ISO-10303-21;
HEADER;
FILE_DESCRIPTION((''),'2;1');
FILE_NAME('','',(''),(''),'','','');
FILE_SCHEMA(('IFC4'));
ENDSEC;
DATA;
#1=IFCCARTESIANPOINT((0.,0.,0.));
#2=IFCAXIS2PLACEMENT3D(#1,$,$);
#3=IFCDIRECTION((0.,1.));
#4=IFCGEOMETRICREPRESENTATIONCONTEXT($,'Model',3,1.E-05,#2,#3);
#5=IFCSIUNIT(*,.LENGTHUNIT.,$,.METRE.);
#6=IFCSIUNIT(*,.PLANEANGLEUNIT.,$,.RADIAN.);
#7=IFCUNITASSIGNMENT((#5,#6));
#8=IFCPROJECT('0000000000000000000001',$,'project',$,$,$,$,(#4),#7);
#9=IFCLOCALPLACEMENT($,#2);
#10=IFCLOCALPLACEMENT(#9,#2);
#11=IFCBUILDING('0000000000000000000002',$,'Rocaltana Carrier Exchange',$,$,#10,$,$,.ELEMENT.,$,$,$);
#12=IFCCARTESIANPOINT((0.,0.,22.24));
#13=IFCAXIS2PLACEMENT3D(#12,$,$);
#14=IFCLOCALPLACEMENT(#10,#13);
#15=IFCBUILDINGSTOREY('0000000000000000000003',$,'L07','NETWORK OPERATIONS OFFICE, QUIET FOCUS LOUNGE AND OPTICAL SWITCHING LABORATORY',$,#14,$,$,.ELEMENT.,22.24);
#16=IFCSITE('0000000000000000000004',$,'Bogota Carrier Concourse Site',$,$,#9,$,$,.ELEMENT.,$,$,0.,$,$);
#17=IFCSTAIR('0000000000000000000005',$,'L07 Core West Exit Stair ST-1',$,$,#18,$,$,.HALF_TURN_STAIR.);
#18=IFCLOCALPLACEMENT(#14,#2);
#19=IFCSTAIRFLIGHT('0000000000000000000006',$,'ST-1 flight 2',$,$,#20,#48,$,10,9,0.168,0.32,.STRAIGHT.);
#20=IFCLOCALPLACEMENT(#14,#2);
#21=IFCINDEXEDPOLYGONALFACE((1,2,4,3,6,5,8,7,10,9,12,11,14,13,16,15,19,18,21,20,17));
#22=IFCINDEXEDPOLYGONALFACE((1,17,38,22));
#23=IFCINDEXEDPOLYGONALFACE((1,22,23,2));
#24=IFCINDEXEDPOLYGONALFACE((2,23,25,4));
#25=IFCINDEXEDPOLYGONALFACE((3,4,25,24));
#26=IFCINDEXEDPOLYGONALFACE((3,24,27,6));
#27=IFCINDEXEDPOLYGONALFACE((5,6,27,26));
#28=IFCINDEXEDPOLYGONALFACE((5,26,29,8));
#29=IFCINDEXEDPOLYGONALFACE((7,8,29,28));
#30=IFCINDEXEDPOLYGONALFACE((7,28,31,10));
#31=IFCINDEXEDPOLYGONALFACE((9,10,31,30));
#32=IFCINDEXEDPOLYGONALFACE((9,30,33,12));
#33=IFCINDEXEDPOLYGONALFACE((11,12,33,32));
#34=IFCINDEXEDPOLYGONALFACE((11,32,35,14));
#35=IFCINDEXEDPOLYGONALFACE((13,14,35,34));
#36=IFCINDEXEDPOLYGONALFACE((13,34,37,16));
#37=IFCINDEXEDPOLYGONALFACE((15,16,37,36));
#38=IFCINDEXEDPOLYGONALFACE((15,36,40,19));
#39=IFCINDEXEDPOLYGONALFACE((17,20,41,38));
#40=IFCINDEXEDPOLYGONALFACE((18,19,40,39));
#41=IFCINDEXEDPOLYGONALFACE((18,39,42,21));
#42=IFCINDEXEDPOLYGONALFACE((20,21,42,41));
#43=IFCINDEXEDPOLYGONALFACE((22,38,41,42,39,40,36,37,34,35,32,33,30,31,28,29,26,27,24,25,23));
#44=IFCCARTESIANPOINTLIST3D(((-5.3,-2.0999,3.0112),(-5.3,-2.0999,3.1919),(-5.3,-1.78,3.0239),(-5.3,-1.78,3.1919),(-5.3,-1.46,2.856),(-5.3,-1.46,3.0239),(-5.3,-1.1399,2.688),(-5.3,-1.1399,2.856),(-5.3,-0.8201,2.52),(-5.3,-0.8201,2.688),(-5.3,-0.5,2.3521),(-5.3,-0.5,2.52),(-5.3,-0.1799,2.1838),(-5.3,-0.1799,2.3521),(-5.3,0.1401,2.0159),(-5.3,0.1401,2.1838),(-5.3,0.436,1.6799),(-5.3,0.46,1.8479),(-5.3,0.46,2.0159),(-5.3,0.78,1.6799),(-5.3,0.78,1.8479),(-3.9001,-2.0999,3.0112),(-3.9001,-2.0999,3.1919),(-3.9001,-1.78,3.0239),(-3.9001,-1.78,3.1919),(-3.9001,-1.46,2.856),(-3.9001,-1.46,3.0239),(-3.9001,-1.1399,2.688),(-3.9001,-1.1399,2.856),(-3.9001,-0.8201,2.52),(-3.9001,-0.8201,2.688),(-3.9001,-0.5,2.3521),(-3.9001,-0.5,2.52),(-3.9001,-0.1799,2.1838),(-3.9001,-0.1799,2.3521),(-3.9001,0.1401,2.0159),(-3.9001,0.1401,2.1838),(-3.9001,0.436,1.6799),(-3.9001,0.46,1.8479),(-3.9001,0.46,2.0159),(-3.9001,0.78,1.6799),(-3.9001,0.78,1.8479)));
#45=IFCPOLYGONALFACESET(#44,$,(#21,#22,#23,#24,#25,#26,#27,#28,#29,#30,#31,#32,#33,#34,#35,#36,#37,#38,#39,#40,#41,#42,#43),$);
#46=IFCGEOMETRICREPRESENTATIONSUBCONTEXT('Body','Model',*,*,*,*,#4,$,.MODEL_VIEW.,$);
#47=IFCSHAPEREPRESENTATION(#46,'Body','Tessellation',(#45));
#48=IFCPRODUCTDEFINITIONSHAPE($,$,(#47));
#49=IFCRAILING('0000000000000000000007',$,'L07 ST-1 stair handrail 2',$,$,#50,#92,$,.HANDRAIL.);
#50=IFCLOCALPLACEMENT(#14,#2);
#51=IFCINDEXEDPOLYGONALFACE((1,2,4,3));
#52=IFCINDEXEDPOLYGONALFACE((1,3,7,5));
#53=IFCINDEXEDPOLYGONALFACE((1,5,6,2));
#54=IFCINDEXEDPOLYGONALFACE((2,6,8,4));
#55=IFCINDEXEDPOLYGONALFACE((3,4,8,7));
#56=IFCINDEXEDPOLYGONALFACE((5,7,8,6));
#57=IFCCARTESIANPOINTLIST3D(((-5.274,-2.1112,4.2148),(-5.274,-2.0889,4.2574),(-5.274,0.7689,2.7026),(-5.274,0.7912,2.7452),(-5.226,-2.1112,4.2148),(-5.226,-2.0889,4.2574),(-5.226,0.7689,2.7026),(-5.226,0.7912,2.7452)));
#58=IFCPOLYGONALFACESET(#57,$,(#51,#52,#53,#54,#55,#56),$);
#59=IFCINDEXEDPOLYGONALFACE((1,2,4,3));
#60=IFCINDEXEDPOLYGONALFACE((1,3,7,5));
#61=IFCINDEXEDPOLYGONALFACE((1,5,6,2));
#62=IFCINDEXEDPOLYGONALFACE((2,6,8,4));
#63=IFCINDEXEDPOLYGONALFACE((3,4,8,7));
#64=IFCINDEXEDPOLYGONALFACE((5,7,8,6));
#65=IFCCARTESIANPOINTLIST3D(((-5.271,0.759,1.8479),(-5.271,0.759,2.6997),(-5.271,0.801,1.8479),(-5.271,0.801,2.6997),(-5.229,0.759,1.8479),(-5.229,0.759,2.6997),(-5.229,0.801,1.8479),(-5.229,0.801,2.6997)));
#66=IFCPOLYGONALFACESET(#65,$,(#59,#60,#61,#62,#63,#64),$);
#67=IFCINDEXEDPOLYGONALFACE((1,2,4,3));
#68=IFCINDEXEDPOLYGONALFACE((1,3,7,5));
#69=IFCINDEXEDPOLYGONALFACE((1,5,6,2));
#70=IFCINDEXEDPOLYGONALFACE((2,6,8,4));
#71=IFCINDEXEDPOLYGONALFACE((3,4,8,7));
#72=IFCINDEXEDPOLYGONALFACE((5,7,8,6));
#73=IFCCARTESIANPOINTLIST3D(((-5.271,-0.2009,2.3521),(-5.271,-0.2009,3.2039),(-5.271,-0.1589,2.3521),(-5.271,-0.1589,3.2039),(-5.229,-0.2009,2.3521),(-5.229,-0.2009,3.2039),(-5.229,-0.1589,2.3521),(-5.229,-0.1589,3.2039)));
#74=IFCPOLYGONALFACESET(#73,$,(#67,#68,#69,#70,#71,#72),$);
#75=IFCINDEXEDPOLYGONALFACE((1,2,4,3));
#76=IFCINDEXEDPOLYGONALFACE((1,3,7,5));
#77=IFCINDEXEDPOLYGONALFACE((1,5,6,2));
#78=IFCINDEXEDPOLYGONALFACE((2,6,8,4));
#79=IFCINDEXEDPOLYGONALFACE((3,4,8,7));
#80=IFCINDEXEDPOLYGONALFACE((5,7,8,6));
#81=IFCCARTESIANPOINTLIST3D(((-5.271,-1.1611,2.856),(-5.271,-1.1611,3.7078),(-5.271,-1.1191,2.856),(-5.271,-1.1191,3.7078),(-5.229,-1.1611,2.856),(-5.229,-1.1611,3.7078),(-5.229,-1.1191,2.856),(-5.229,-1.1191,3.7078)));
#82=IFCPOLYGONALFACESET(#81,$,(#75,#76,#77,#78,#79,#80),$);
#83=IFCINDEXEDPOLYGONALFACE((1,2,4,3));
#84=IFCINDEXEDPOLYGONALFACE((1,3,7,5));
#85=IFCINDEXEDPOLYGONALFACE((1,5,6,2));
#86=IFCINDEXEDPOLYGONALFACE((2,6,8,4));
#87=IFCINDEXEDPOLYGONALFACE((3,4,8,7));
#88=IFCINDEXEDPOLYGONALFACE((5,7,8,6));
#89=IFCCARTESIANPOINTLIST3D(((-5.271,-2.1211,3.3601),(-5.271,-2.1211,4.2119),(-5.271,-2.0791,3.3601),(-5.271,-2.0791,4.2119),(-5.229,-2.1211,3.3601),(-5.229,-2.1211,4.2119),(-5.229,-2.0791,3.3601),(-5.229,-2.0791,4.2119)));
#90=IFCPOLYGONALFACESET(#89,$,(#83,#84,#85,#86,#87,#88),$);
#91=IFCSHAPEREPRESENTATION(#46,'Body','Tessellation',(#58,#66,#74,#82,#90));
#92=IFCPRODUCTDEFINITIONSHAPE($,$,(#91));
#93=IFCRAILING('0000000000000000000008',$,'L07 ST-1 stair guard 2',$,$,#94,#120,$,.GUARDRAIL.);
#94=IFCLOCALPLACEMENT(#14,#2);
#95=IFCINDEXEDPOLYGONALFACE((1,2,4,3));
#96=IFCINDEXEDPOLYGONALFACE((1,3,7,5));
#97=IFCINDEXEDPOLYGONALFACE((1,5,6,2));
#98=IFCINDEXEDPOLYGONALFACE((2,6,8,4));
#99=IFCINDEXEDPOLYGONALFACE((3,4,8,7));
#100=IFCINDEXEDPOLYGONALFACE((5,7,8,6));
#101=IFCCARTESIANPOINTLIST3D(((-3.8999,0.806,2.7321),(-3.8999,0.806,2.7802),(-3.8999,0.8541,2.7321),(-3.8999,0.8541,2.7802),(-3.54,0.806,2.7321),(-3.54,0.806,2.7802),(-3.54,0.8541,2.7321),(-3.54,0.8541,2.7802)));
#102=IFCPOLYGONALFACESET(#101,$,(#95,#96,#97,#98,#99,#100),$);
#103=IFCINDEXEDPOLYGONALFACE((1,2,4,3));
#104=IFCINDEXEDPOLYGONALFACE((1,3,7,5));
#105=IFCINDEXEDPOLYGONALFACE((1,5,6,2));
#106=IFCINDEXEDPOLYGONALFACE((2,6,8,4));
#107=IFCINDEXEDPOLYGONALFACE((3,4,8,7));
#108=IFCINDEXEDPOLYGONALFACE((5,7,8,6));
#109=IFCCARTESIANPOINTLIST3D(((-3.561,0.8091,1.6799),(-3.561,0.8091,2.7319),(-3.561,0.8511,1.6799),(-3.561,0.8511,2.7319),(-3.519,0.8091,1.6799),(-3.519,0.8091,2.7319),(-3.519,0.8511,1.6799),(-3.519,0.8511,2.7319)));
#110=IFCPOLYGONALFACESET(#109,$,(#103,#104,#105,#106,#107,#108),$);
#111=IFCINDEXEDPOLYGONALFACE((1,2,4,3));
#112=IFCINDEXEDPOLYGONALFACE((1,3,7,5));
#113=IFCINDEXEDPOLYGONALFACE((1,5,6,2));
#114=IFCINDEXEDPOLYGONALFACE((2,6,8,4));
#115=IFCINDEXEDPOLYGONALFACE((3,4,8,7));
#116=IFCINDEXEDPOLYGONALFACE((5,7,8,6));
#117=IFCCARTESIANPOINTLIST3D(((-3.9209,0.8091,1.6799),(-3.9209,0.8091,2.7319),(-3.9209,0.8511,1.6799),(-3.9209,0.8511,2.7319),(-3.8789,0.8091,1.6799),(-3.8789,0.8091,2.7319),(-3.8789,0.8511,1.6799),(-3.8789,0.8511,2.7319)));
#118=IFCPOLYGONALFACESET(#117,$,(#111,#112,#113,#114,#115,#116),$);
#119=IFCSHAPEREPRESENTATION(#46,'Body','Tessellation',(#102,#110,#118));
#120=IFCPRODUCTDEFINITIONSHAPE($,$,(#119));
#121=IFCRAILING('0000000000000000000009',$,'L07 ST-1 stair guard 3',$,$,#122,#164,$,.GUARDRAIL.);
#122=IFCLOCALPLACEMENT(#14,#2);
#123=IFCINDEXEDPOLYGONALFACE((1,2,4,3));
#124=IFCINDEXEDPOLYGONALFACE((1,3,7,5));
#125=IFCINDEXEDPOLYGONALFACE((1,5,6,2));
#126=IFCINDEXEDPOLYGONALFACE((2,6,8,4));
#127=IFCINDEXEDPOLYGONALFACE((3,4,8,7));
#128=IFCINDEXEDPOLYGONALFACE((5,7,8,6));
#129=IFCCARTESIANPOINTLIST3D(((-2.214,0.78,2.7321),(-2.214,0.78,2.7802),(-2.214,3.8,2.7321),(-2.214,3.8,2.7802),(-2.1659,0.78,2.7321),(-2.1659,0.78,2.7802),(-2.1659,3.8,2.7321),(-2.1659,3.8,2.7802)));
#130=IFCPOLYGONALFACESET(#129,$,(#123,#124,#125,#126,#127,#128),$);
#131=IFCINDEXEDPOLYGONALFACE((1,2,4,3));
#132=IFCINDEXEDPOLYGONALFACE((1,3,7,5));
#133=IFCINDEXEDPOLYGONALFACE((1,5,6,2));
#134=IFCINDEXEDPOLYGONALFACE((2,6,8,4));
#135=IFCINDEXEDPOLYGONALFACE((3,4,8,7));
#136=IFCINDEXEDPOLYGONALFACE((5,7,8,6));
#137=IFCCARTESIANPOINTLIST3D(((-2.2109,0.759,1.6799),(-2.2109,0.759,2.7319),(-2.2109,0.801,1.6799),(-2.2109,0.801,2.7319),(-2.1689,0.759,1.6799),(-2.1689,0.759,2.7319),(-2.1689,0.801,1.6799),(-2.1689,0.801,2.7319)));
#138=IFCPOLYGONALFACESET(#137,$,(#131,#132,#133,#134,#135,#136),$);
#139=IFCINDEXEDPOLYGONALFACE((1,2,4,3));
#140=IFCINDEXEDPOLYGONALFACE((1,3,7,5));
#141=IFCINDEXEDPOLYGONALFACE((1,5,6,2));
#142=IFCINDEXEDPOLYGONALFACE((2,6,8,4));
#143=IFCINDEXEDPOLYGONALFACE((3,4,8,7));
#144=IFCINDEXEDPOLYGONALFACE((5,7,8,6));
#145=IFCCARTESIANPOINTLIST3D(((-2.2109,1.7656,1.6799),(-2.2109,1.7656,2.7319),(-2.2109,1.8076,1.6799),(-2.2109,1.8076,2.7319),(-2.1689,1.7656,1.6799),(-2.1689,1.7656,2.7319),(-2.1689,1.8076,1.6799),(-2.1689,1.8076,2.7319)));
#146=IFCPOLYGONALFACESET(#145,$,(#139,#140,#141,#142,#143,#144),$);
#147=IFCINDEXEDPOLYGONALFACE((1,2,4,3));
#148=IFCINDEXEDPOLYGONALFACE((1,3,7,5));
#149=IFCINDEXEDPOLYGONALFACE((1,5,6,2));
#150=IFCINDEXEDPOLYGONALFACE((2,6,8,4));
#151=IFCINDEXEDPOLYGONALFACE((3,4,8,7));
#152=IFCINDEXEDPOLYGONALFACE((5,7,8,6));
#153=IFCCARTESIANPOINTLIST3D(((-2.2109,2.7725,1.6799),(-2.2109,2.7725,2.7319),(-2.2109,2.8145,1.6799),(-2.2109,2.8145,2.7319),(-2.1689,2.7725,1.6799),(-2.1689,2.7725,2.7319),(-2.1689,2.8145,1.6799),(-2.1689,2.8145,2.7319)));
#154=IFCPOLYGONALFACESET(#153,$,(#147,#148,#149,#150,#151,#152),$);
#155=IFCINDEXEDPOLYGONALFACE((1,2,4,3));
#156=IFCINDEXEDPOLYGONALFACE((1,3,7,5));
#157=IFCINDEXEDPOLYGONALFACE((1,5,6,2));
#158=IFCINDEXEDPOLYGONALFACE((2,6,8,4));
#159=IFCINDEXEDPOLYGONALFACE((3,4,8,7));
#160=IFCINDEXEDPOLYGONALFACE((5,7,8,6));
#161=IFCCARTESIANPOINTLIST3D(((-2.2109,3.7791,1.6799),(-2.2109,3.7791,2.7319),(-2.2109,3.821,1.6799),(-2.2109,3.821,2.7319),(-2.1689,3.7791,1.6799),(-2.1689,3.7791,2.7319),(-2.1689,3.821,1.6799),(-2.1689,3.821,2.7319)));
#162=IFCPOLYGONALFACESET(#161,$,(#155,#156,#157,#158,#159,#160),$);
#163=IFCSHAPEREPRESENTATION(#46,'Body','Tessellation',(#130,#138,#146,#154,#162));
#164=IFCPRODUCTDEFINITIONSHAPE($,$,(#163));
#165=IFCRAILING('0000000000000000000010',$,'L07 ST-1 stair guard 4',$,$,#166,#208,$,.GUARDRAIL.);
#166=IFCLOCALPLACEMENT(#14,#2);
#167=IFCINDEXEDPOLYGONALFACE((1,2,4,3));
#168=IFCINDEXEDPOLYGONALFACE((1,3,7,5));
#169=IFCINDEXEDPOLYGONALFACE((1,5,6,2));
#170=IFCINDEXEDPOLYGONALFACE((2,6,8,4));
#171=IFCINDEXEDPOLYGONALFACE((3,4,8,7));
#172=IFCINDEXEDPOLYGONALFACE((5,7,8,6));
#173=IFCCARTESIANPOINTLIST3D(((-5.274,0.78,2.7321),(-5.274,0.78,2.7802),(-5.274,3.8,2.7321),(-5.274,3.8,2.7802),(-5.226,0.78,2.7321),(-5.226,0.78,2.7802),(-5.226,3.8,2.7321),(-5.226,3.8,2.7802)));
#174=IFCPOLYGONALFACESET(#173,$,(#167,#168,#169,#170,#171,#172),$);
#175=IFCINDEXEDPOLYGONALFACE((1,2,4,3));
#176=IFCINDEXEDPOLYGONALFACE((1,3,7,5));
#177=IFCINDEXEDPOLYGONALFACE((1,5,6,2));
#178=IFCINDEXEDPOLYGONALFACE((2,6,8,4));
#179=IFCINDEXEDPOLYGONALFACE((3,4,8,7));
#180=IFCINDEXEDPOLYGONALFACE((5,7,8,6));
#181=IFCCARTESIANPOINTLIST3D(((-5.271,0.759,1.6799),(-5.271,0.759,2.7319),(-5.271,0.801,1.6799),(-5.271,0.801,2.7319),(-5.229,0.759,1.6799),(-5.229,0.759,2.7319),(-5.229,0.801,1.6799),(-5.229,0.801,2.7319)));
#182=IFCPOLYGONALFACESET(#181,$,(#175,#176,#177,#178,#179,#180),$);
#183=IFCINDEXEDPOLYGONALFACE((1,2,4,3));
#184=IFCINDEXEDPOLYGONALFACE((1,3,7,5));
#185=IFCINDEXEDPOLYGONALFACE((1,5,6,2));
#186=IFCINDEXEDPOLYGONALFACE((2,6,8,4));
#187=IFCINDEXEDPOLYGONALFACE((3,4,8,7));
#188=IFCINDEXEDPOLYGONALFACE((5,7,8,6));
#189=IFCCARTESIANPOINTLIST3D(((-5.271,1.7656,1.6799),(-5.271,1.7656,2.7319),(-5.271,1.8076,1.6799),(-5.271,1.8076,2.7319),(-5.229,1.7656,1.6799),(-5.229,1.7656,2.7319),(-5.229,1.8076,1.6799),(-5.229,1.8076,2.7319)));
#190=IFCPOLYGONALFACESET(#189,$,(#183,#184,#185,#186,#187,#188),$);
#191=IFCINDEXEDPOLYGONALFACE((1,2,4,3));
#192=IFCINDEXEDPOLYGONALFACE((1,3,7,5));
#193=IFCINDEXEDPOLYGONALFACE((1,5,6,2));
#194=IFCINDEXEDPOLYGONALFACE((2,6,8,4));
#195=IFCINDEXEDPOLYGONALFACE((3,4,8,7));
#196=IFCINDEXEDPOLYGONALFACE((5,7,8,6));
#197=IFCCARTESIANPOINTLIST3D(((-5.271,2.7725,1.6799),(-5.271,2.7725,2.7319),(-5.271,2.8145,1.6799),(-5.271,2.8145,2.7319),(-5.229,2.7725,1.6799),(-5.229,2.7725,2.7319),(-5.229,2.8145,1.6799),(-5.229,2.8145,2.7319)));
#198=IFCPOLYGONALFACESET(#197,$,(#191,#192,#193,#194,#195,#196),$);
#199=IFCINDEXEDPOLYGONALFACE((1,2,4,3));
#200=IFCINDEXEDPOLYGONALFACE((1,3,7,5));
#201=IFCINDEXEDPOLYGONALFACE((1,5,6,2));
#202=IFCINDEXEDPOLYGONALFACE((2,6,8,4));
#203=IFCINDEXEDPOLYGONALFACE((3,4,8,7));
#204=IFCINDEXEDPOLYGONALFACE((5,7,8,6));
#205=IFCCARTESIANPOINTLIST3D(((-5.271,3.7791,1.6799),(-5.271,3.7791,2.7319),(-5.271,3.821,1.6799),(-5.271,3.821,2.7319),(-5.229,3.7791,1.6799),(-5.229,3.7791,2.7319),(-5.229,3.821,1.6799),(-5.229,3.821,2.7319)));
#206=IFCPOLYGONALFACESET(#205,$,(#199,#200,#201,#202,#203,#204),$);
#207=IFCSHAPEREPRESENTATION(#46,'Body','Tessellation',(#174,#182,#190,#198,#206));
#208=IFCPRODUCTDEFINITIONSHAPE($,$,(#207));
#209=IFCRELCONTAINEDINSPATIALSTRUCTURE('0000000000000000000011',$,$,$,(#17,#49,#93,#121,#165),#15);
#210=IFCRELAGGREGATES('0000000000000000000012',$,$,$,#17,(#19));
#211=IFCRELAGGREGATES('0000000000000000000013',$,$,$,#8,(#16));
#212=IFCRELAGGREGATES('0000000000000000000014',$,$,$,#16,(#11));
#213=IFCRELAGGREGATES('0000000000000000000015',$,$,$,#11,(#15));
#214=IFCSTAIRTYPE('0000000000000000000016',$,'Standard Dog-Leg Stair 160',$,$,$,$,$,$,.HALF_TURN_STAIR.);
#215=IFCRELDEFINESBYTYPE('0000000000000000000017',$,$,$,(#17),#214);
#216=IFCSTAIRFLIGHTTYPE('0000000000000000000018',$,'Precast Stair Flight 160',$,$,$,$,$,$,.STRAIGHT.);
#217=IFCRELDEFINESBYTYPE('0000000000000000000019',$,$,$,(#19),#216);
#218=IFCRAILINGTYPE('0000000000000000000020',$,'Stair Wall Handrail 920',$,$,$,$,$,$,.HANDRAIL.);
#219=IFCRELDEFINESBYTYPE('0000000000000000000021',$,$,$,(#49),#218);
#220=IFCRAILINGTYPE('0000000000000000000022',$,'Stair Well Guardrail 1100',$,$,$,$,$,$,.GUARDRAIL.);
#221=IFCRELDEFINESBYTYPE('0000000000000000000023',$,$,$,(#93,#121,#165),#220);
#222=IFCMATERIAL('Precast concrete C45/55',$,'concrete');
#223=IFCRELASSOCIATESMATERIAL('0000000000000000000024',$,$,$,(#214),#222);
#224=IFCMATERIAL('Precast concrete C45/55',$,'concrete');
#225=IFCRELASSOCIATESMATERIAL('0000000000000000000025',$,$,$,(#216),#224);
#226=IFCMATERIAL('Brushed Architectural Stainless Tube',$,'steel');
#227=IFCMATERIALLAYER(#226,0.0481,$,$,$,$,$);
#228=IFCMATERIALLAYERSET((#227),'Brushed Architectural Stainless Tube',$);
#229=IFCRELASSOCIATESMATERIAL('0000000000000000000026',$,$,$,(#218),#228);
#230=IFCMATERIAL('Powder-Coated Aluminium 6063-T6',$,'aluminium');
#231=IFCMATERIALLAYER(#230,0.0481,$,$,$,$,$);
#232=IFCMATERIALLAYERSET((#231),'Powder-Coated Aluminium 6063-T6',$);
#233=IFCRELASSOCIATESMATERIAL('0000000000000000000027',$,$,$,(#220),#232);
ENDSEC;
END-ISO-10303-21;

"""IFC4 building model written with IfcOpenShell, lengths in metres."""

from ifc_helpers import new_model, si_unit, direction, frame, origin, origin_2d, place, context, subcontext, project, spatial, polyline, rectangle, outline, extrude, material, layer, layer_set, type_object, element, aggregate, save


model = new_model("IFC4")

# Units and contexts
model_context = context("Model", 3, precision=1e-05, world=origin(), true_north=direction((0.0, 1.0)))
body_context = subcontext(model_context, "Body", "Model", "MODEL_VIEW")
ifc_project = project(units=[si_unit("LENGTHUNIT", "METRE"), si_unit("PLANEANGLEUNIT", "RADIAN")], contexts=[model_context])

# Site, building, storey
site_placement = place(None, origin())
site = spatial("IfcSite", under=ifc_project, at=site_placement, Name="Bogota Carrier Concourse Site", CompositionType="ELEMENT", RefElevation=0.0)
building_placement = place(site_placement, origin())
building = spatial("IfcBuilding", under=site, at=building_placement, Name="Rocaltana Carrier Exchange", CompositionType="ELEMENT")
storey_placement = place(building_placement, frame((0.0, 0.0, 22.24)))
storey = spatial("IfcBuildingStorey", under=building, at=storey_placement, Name="L07", Description="NETWORK OPERATIONS OFFICE, QUIET FOCUS LOUNGE AND OPTICAL SWITCHING LABORATORY", CompositionType="ELEMENT", Elevation=22.24)

# Stair, stair flight
ifc_material_1 = material(Name="Precast concrete C45/55", Category="concrete")
stair_type = type_object("IfcStairType", Name="Standard Dog-Leg Stair 160", PredefinedType="HALF_TURN_STAIR", material=ifc_material_1)
stair_placement = place(storey_placement, origin())
stair = element("IfcStair", 1, at=stair_placement, inside=storey, type_object=stair_type, Name="L07 Core West Exit Stair ST-1", PredefinedType="HALF_TURN_STAIR")
ifc_material_2 = material(Name="Precast concrete C45/55", Category="concrete")
stair_flight_type = type_object("IfcStairFlightType", Name="Precast Stair Flight 160", PredefinedType="STRAIGHT", material=ifc_material_2)
stair_flight_placement = place(storey_placement, frame((-4.6001, 0.78, 1.6799), z_axis=(0.0, 0.0, 1.0), x_axis=(0.0, -1.0, 0.0)))
stair_flight = element("IfcStairFlight", 2, at=stair_flight_placement, type_object=stair_flight_type, Name="ST-1 flight 2", NumberOfRisers=10, NumberOfTreads=9, PredefinedType="STRAIGHT", RiserHeight=0.168, TreadLength=0.32, context=body_context, shape_type="SweptSolid", body=[
    extrude(outline(polyline([(0.0, 0.0), (0.0, 0.168), (0.3201, 0.168), (0.3201, 0.3359), (0.6399, 0.3359), (0.6399, 0.5039), (0.96, 0.5039), (0.96, 0.6721), (1.28, 0.6721), (1.28, 0.8401), (1.6001, 0.8401), (1.6001, 1.0081), (1.9199, 1.0081), (1.9199, 1.176), (2.24, 1.176), (2.24, 1.344), (2.5601, 1.344), (2.5601, 1.512), (2.8799, 1.512), (2.8799, 1.6799), (2.8799, 1.3313), (0.344, 0.0), (0.0, 0.0)])), frame((0.0, 0.7, 0.0), z_axis=(0.0, -1.0, 0.0), x_axis=(1.0, 0.0, 0.0)), (0.0, 0.0, 1.0), 1.3999),
])
aggregate(stair, [stair_flight])

# Railings
ifc_material_3 = material(Name="Brushed Architectural Stainless Tube", Category="steel")
ifc_layer_1 = layer(ifc_material_3, 0.0481)
ifc_layer_set_1 = layer_set([ifc_layer_1], Name="Brushed Architectural Stainless Tube")
railing_type_1 = type_object("IfcRailingType", Name="Stair Wall Handrail 920", PredefinedType="HANDRAIL", material=ifc_layer_set_1)
railing_1_placement = place(storey_placement, frame((-5.25, 0.78, 1.8479)))
element("IfcRailing", 3, at=railing_1_placement, inside=storey, type_object=railing_type_1, Name="L07 ST-1 stair handrail 2", PredefinedType="HANDRAIL", context=body_context, shape_type="SweptSolid", body=[
    extrude(rectangle(XDim=0.0481, YDim=0.0481, at=origin_2d()), frame((0.0, 0.0, 0.876), z_axis=(0.0, -0.88538, 0.464868), x_axis=(1.0, 0.0, 0.0)), (0.0, 0.0, 1.0), 3.2529),
    extrude(rectangle(XDim=0.042, YDim=0.042, at=origin_2d()), origin(), (0.0, 0.0, 1.0), 0.8518),
    extrude(rectangle(XDim=0.042, YDim=0.042, at=origin_2d()), frame((0.0, -0.96, 0.5042)), (0.0, 0.0, 1.0), 0.8518),
    extrude(rectangle(XDim=0.042, YDim=0.042, at=origin_2d()), frame((0.0, -1.9202, 1.0081)), (0.0, 0.0, 1.0), 0.8518),
    extrude(rectangle(XDim=0.042, YDim=0.042, at=origin_2d()), frame((0.0, -2.8801, 1.5122)), (0.0, 0.0, 1.0), 0.8518),
])
ifc_material_4 = material(Name="Powder-Coated Aluminium 6063-T6", Category="aluminium")
ifc_layer_2 = layer(ifc_material_4, 0.0481)
ifc_layer_set_2 = layer_set([ifc_layer_2], Name="Powder-Coated Aluminium 6063-T6")
railing_type_2 = type_object("IfcRailingType", Name="Stair Well Guardrail 1100", PredefinedType="GUARDRAIL", material=ifc_layer_set_2)
railing_2_placement = place(storey_placement, frame((-3.54, 0.8301, 1.6799)))
element("IfcRailing", 4, at=railing_2_placement, inside=storey, type_object=railing_type_2, Name="L07 ST-1 stair guard 2", PredefinedType="GUARDRAIL", context=body_context, shape_type="SweptSolid", body=[
    extrude(rectangle(XDim=0.0481, YDim=0.0481, at=origin_2d()), frame((0.0, 0.0, 1.0762), z_axis=(-1.0, 0.0, 0.0), x_axis=(0.0, -1.0, 0.0)), (0.0, 0.0, 1.0), 0.3599),
    extrude(rectangle(XDim=0.042, YDim=0.042, at=origin_2d()), origin(), (0.0, 0.0, 1.0), 1.052),
    extrude(rectangle(XDim=0.042, YDim=0.042, at=origin_2d()), frame((-0.3599, 0.0, 0.0)), (0.0, 0.0, 1.0), 1.052),
])
for number, where, name in (
    (5, (-2.1899, 0.78, 1.6799), "L07 ST-1 stair guard 3"),
    (6, (-5.25, 0.78, 1.6799), "L07 ST-1 stair guard 4"),
):
    element("IfcRailing", number, at=place(storey_placement, frame(where)), inside=storey, type_object=railing_type_2, Name=name, PredefinedType="GUARDRAIL", context=body_context, shape_type="SweptSolid", body=[
        extrude(rectangle(XDim=0.0481, YDim=0.0481, at=origin_2d()), frame((0.0, 0.0, 1.0762), z_axis=(0.0, 1.0, 0.0), x_axis=(-1.0, 0.0, 0.0)), (0.0, 0.0, 1.0), 3.02),
        extrude(rectangle(XDim=0.042, YDim=0.042, at=origin_2d()), origin(), (0.0, 0.0, 1.0), 1.052),
        extrude(rectangle(XDim=0.042, YDim=0.042, at=origin_2d()), frame((0.0, 1.0066, 0.0)), (0.0, 0.0, 1.0), 1.052),
        extrude(rectangle(XDim=0.042, YDim=0.042, at=origin_2d()), frame((0.0, 2.0134, 0.0)), (0.0, 0.0, 1.0), 1.052),
        extrude(rectangle(XDim=0.042, YDim=0.042, at=origin_2d()), frame((0.0, 3.02, 0.0)), (0.0, 0.0, 1.0), 1.052),
    ])

save(model, "model.ifc")
